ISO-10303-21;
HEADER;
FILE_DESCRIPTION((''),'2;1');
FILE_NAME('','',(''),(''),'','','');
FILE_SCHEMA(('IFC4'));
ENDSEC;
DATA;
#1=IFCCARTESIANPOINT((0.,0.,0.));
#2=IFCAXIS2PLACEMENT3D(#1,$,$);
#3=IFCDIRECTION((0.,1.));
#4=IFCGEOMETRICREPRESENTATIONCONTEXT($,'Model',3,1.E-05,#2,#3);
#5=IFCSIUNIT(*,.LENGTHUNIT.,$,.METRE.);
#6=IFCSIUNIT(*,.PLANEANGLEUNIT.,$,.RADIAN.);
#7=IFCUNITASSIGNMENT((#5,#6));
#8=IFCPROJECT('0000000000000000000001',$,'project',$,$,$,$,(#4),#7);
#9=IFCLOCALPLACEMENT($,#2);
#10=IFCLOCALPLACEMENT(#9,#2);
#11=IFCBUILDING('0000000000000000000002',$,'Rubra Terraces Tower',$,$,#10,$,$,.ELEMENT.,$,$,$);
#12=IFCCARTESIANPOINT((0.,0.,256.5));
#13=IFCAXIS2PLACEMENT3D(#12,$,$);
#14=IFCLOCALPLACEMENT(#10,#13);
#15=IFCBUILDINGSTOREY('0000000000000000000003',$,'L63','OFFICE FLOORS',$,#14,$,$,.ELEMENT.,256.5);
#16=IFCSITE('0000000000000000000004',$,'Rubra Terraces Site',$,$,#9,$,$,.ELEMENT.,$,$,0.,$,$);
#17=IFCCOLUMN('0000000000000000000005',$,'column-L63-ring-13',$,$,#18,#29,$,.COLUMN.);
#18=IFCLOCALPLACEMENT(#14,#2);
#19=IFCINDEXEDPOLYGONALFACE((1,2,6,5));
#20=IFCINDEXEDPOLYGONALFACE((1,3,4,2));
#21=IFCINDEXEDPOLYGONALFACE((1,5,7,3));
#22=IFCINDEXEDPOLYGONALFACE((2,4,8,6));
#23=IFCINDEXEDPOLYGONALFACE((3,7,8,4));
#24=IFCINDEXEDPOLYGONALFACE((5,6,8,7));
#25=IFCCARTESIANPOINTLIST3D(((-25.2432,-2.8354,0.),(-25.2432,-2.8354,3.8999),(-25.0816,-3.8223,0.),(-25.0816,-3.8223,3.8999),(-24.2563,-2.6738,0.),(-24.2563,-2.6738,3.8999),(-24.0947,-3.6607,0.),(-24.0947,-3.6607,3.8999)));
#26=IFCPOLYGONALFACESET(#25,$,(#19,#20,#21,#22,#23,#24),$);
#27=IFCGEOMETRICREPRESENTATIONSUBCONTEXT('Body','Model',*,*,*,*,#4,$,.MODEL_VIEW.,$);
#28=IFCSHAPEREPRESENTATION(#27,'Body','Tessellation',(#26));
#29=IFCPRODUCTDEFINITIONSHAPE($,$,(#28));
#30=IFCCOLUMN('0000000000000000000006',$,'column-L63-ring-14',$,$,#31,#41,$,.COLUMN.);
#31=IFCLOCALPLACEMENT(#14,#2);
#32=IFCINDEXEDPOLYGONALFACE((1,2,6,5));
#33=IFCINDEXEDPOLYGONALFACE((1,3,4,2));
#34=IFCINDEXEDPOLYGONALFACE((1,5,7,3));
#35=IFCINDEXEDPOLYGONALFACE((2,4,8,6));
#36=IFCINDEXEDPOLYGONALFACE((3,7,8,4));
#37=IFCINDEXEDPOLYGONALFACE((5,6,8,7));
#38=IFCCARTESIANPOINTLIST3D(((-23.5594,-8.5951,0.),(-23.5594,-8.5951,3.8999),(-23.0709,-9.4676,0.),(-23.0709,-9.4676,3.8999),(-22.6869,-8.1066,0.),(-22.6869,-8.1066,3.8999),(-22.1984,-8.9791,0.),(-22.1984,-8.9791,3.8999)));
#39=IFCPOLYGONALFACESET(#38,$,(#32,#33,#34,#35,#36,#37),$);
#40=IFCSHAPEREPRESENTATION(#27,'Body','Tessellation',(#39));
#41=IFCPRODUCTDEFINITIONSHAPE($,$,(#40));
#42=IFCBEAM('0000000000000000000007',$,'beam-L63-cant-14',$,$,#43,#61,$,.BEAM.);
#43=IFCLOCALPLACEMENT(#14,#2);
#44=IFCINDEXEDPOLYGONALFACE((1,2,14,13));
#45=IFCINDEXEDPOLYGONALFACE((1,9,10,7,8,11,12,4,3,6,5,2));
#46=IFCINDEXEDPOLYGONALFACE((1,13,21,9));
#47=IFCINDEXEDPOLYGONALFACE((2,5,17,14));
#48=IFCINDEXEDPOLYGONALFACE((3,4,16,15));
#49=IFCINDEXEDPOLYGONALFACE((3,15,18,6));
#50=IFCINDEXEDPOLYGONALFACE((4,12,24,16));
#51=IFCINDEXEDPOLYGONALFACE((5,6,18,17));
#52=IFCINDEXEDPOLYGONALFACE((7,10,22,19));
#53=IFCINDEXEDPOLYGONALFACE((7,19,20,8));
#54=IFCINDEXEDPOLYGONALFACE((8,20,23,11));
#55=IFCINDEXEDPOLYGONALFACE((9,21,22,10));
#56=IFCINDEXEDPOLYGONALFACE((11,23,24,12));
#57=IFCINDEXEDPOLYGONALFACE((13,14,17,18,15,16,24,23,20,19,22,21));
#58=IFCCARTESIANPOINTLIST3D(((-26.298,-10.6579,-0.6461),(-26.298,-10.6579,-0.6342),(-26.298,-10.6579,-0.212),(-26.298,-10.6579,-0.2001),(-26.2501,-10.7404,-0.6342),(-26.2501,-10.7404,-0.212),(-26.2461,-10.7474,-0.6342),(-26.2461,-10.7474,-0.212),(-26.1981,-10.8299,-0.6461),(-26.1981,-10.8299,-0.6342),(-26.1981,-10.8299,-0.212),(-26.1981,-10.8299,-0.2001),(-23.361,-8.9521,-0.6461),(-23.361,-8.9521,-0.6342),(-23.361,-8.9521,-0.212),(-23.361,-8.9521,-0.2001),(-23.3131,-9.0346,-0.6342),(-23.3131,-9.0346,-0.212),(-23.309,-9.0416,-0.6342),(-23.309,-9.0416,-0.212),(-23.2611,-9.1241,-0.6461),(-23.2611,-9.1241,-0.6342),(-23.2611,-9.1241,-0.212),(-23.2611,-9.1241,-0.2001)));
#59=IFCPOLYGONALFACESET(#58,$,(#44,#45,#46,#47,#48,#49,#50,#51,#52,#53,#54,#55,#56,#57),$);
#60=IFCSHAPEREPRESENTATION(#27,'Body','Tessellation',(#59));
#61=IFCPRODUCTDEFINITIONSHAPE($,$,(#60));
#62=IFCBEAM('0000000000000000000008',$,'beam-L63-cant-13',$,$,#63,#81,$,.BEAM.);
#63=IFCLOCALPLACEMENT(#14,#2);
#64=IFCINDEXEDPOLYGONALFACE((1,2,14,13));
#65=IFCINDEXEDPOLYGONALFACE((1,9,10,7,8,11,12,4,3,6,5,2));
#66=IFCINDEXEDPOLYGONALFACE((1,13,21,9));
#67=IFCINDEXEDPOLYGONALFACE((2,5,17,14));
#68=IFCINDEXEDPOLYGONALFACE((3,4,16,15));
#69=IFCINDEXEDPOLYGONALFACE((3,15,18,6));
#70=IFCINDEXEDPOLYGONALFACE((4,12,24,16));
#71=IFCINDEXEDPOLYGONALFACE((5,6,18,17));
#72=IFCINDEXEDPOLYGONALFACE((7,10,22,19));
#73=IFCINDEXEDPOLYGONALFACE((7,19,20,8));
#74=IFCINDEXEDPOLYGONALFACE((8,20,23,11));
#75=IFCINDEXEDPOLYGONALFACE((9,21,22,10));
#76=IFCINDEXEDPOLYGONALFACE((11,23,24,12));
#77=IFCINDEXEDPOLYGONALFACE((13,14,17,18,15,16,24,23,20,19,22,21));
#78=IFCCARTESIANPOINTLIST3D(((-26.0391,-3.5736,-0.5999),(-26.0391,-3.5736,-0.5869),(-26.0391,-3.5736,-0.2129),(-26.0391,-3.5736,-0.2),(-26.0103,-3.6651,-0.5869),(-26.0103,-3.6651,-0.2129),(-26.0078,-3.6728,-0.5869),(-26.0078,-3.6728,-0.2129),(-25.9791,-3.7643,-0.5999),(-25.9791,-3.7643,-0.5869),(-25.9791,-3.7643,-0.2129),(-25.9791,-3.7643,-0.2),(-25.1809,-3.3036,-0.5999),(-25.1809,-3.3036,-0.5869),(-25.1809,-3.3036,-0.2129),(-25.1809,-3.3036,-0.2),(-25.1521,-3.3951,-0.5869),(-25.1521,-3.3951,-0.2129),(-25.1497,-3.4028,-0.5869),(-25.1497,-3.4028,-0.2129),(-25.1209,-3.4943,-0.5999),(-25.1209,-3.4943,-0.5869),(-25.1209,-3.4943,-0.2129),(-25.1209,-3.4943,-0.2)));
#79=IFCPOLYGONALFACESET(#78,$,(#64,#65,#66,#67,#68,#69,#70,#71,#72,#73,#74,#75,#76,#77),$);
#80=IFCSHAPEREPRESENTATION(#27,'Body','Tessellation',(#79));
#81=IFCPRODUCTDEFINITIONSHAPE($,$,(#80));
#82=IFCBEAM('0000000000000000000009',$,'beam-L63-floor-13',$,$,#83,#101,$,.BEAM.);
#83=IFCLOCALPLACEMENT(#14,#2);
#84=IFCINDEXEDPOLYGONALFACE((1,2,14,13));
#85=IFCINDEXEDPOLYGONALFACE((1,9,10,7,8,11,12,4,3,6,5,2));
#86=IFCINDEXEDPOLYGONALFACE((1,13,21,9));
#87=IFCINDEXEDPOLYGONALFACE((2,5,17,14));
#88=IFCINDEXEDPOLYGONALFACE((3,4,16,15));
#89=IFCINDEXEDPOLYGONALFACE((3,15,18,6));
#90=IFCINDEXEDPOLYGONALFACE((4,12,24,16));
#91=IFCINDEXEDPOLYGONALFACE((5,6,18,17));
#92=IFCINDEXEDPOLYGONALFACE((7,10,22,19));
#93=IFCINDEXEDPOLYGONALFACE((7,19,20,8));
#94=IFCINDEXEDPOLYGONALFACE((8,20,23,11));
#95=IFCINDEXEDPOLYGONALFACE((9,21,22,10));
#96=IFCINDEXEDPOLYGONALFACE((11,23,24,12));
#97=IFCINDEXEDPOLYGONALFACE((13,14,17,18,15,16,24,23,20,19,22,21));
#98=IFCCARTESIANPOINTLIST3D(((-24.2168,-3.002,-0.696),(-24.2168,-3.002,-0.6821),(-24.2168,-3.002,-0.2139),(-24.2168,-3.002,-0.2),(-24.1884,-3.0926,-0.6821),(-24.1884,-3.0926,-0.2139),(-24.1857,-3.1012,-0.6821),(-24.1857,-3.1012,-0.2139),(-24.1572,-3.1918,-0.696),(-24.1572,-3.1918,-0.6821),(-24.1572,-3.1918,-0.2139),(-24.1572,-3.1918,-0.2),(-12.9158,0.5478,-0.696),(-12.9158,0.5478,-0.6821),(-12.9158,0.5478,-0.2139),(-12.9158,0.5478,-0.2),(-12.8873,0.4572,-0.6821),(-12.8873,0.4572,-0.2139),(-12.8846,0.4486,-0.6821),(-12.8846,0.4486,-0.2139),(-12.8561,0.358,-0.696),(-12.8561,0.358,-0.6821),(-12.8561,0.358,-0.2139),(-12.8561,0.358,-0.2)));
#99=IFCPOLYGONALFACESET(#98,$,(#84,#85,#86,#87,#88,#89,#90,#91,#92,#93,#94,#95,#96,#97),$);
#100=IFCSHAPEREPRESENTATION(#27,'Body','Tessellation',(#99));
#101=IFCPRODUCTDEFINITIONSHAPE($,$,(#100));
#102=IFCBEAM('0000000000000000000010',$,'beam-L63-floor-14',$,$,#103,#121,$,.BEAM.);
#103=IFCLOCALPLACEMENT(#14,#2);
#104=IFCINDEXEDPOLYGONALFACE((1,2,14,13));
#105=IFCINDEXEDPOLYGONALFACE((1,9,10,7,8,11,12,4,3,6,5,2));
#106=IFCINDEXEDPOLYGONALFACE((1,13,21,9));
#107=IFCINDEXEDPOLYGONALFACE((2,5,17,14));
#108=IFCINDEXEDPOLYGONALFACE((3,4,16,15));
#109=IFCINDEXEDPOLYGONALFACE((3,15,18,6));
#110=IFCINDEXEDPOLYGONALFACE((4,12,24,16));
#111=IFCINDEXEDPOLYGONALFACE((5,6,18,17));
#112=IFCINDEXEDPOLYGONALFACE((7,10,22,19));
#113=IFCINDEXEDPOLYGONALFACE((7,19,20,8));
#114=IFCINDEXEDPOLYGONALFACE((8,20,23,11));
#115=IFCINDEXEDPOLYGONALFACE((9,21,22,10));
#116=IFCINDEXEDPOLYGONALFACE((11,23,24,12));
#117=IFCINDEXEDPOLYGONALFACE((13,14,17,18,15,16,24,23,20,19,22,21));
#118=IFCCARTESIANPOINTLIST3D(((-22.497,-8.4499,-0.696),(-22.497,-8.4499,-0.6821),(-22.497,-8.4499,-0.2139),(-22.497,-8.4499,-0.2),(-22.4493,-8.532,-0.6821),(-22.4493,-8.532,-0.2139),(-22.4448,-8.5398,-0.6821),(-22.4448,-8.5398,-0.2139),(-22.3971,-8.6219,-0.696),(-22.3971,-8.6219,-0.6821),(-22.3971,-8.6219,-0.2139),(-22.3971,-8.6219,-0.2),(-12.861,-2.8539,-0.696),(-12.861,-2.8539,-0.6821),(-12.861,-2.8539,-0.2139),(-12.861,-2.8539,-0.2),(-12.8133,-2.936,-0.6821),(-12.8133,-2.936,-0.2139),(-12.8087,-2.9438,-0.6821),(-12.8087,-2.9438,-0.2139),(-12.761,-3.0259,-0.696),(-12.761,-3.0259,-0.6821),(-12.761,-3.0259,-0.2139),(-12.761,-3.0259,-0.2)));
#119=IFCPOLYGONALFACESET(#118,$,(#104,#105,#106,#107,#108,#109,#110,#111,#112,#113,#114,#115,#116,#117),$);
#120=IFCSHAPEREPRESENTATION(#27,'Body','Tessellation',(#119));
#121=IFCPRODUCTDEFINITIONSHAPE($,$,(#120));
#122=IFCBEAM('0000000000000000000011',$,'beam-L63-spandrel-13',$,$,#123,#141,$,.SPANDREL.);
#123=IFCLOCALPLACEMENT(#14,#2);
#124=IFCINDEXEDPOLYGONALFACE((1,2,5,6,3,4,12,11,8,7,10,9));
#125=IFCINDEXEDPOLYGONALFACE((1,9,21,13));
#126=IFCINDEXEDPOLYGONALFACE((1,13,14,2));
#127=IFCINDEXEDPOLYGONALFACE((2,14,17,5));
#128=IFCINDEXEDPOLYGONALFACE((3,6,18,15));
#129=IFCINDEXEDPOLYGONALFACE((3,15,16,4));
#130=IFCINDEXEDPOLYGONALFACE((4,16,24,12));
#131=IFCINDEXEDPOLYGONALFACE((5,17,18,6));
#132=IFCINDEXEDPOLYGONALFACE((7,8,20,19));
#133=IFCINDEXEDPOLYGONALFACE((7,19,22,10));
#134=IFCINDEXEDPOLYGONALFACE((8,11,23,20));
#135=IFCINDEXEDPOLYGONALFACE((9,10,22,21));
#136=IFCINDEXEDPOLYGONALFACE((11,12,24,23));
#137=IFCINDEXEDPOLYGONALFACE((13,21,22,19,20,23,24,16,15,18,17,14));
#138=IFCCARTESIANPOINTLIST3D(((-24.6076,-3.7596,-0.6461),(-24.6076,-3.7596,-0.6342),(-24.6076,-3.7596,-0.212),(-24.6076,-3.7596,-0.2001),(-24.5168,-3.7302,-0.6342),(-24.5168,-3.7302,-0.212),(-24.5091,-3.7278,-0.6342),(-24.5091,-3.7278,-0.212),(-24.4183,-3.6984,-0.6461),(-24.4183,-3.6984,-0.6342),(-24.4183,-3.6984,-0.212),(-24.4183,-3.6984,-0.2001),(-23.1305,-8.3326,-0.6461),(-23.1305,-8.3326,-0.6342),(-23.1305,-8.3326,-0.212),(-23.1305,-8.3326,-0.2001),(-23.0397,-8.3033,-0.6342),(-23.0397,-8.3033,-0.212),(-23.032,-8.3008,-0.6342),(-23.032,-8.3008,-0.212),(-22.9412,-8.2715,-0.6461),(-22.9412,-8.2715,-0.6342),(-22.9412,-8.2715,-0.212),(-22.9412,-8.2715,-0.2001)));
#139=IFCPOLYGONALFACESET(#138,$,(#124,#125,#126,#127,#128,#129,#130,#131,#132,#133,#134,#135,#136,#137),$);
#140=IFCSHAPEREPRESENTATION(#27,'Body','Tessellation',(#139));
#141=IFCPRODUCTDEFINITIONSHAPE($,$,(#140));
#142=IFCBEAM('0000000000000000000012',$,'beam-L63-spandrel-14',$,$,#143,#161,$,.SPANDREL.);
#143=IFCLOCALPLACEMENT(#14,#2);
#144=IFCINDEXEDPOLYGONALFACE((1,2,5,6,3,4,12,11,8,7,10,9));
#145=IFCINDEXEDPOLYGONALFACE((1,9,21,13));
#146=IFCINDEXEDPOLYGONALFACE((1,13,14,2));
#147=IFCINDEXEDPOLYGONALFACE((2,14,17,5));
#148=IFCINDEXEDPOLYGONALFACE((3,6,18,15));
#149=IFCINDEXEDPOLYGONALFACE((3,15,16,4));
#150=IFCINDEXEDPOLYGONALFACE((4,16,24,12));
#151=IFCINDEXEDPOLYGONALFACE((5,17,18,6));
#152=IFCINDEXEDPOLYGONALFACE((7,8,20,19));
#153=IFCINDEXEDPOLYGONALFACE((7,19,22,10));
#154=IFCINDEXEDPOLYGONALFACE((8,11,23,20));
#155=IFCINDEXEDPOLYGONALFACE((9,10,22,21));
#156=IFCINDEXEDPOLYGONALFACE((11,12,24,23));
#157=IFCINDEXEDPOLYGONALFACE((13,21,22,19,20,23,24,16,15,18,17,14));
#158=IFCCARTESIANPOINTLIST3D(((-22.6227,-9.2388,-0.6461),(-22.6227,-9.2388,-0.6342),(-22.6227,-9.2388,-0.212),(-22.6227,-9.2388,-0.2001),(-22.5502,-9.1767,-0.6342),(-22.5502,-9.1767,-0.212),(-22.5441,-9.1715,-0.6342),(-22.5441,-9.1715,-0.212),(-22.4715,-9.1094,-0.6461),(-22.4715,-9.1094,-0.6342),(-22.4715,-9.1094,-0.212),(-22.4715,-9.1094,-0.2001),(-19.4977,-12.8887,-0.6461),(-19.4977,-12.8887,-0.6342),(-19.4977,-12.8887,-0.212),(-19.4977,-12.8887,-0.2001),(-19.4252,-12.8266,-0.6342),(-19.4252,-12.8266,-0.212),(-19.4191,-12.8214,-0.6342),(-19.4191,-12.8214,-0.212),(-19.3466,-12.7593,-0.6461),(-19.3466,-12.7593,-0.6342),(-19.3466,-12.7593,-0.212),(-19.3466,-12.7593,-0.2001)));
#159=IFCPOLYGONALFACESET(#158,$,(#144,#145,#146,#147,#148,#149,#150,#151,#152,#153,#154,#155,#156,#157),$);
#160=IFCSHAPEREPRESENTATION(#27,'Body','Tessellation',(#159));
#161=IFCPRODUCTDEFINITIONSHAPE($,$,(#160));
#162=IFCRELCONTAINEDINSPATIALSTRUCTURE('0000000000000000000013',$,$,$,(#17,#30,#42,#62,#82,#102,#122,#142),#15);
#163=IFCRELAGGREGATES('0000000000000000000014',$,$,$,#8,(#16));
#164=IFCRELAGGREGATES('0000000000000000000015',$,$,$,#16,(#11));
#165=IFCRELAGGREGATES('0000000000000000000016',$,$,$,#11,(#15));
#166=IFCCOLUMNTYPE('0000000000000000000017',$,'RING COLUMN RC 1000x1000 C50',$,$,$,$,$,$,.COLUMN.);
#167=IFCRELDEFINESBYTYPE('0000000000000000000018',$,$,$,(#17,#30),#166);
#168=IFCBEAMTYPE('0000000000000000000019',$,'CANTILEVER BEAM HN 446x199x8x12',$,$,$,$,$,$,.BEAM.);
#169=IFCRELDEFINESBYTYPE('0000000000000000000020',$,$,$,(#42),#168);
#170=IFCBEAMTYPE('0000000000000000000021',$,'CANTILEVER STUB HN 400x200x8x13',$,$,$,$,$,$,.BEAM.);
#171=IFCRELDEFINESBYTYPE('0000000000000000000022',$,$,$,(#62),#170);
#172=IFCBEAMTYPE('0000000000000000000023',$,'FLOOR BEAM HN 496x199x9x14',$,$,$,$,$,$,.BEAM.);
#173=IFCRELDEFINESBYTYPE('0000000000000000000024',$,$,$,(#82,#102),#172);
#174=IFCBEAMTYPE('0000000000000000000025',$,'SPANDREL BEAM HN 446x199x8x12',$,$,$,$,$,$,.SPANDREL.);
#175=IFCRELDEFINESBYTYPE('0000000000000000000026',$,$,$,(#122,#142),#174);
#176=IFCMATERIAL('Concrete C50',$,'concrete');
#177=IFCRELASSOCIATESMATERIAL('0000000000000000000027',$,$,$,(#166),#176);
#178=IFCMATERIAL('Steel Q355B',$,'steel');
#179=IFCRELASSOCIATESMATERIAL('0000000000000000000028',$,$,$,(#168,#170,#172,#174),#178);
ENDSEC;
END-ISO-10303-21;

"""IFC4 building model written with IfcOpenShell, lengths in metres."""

from ifc_helpers import new_model, si_unit, direction, frame, origin, origin_2d, place, context, subcontext, project, spatial, rectangle, i_section, extrude, material, material_profile, profile_set, type_object, element, save


model = new_model("IFC4")

# Units and contexts
model_context = context("Model", 3, precision=1e-05, world=origin(), true_north=direction((0.0, 1.0)))
body_context = subcontext(model_context, "Body", "Model", "MODEL_VIEW")
ifc_project = project(units=[si_unit("LENGTHUNIT", "METRE"), si_unit("PLANEANGLEUNIT", "RADIAN")], contexts=[model_context])

# Site, building, storey
site_placement = place(None, origin())
site = spatial("IfcSite", under=ifc_project, at=site_placement, Name="Rubra Terraces Site", CompositionType="ELEMENT", RefElevation=0.0)
building_placement = place(site_placement, origin())
building = spatial("IfcBuilding", under=site, at=building_placement, Name="Rubra Terraces Tower", CompositionType="ELEMENT")
storey_placement = place(building_placement, frame((0.0, 0.0, 256.5)))
storey = spatial("IfcBuildingStorey", under=building, at=storey_placement, Name="L63", Description="OFFICE FLOORS", CompositionType="ELEMENT", Elevation=256.5)

# Columns
ifc_material_1 = material(Name="Concrete C50", Category="concrete")
ifc_material_profile_1 = material_profile(ifc_material_1, rectangle(XDim=1.0, YDim=1.0, at=origin_2d()), Name="RC 1000x1000")
ifc_profile_set_1 = profile_set([ifc_material_profile_1], Name="Concrete C50")
column_type = type_object("IfcColumnType", Name="RING COLUMN RC 1000x1000 C50", PredefinedType="COLUMN", material=ifc_profile_set_1)
for number, where, z_axis, x_axis, name in (
    (1, (-24.6689, -3.248, 0.0), (0.0, 0.0, 1.0), (0.161559, -0.986863, 0.0), "column-L63-ring-13"),
    (2, (-22.8789, -8.7871, 0.0), (0.0, 0.0, 1.0), (0.488526, -0.872549, 0.0), "column-L63-ring-14"),
):
    element("IfcColumn", number, at=place(storey_placement, frame(where, z_axis=z_axis, x_axis=x_axis)), inside=storey, type_object=column_type, Name=name, PredefinedType="COLUMN", context=body_context, shape_type="SweptSolid", body=[
        extrude(rectangle(XDim=1.0, YDim=1.0, at=origin_2d()), origin(), (0.0, 0.0, 1.0), 3.8999),
    ])

# Beams
ifc_material_2 = material(Name="Steel Q355B", Category="steel")
ifc_material_profile_2 = material_profile(ifc_material_2, i_section(OverallWidth=0.199, OverallDepth=0.446, WebThickness=0.0081, FlangeThickness=0.012, at=origin_2d()), Name="HN 446x199x8x12")
ifc_profile_set_2 = profile_set([ifc_material_profile_2], Name="Steel Q355B")
beam_type_1 = type_object("IfcBeamType", Name="CANTILEVER BEAM HN 446x199x8x12", PredefinedType="BEAM", material=ifc_profile_set_2)
beam_1_placement = place(storey_placement, frame((-23.311, -9.0381, -0.4231), z_axis=(-0.864732, -0.502234, 0.0), x_axis=(0.502234, -0.864732, 0.0)))
element("IfcBeam", 3, at=beam_1_placement, inside=storey, type_object=beam_type_1, Name="beam-L63-cant-14", PredefinedType="BEAM", context=body_context, shape_type="SweptSolid", body=[
    extrude(i_section(OverallWidth=0.199, OverallDepth=0.446, WebThickness=0.0081, FlangeThickness=0.012, at=origin_2d()), origin(), (0.0, 0.0, 1.0), 3.3965),
])
ifc_material_profile_3 = material_profile(ifc_material_2, i_section(OverallWidth=0.2, OverallDepth=0.3999, WebThickness=0.0081, FlangeThickness=0.0129, at=origin_2d()), Name="HN 400x200x8x13")
ifc_profile_set_3 = profile_set([ifc_material_profile_3], Name="Steel Q355B")
beam_type_2 = type_object("IfcBeamType", Name="CANTILEVER STUB HN 400x200x8x13", PredefinedType="BEAM", material=ifc_profile_set_3)
beam_2_placement = place(storey_placement, frame((-25.1509, -3.3989, -0.3999), z_axis=(-0.953894, -0.300144, 0.0), x_axis=(0.300144, -0.953894, 0.0)))
element("IfcBeam", 4, at=beam_2_placement, inside=storey, type_object=beam_type_2, Name="beam-L63-cant-13", PredefinedType="BEAM", context=body_context, shape_type="SweptSolid", body=[
    extrude(i_section(OverallWidth=0.2, OverallDepth=0.3999, WebThickness=0.0081, FlangeThickness=0.0129, at=origin_2d()), origin(), (0.0, 0.0, 1.0), 0.8997),
])
ifc_material_profile_4 = material_profile(ifc_material_2, i_section(OverallWidth=0.199, OverallDepth=0.4961, WebThickness=0.009, FlangeThickness=0.0139, at=origin_2d()), Name="HN 496x199x9x14")
ifc_profile_set_4 = profile_set([ifc_material_profile_4], Name="Steel Q355B")
beam_type_3 = type_object("IfcBeamType", Name="FLOOR BEAM HN 496x199x9x14", PredefinedType="BEAM", material=ifc_profile_set_4)
beam_3_placement = place(storey_placement, frame((-24.187, -3.0969, -0.448), z_axis=(0.954041, 0.299677, 0.0), x_axis=(-0.299677, 0.954041, 0.0)))
element("IfcBeam", 5, at=beam_3_placement, inside=storey, type_object=beam_type_3, Name="beam-L63-floor-13", PredefinedType="BEAM", context=body_context, shape_type="SweptSolid", body=[
    extrude(i_section(OverallWidth=0.199, OverallDepth=0.4961, WebThickness=0.009, FlangeThickness=0.0139, at=origin_2d()), origin(), (0.0, 0.0, 1.0), 11.8455),
])
beam_4_placement = place(storey_placement, frame((-22.447, -8.5359, -0.448), z_axis=(0.864755, 0.502193, 0.0), x_axis=(-0.502193, 0.864755, 0.0)))
element("IfcBeam", 6, at=beam_4_placement, inside=storey, type_object=beam_type_3, Name="beam-L63-floor-14", PredefinedType="BEAM", context=body_context, shape_type="SweptSolid", body=[
    extrude(i_section(OverallWidth=0.199, OverallDepth=0.4961, WebThickness=0.009, FlangeThickness=0.0139, at=origin_2d()), origin(), (0.0, 0.0, 1.0), 11.1431),
])
ifc_material_profile_5 = material_profile(ifc_material_2, i_section(OverallWidth=0.199, OverallDepth=0.446, WebThickness=0.0081, FlangeThickness=0.012, at=origin_2d()), Name="HN 446x199x8x12")
ifc_profile_set_5 = profile_set([ifc_material_profile_5], Name="Steel Q355B")
beam_type_4 = type_object("IfcBeamType", Name="SPANDREL BEAM HN 446x199x8x12", PredefinedType="SPANDREL", material=ifc_profile_set_5)
beam_5_placement = place(storey_placement, frame((-24.5129, -3.729, -0.4231), z_axis=(0.307359, -0.951594, 0.0), x_axis=(0.951594, 0.307359, 0.0)))
element("IfcBeam", 7, at=beam_5_placement, inside=storey, type_object=beam_type_4, Name="beam-L63-spandrel-13", PredefinedType="SPANDREL", context=body_context, shape_type="SweptSolid", body=[
    extrude(i_section(OverallWidth=0.199, OverallDepth=0.446, WebThickness=0.0081, FlangeThickness=0.012, at=origin_2d()), origin(), (0.0, 0.0, 1.0), 4.8057),
])
beam_6_placement = place(storey_placement, frame((-22.5471, -9.1741, -0.4231), z_axis=(0.650373, -0.759615, 0.0), x_axis=(0.759615, 0.650373, 0.0)))
element("IfcBeam", 8, at=beam_6_placement, inside=storey, type_object=beam_type_4, Name="beam-L63-spandrel-14", PredefinedType="SPANDREL", context=body_context, shape_type="SweptSolid", body=[
    extrude(i_section(OverallWidth=0.199, OverallDepth=0.446, WebThickness=0.0081, FlangeThickness=0.012, at=origin_2d()), origin(), (0.0, 0.0, 1.0), 4.8049),
])

save(model, "model.ifc")
